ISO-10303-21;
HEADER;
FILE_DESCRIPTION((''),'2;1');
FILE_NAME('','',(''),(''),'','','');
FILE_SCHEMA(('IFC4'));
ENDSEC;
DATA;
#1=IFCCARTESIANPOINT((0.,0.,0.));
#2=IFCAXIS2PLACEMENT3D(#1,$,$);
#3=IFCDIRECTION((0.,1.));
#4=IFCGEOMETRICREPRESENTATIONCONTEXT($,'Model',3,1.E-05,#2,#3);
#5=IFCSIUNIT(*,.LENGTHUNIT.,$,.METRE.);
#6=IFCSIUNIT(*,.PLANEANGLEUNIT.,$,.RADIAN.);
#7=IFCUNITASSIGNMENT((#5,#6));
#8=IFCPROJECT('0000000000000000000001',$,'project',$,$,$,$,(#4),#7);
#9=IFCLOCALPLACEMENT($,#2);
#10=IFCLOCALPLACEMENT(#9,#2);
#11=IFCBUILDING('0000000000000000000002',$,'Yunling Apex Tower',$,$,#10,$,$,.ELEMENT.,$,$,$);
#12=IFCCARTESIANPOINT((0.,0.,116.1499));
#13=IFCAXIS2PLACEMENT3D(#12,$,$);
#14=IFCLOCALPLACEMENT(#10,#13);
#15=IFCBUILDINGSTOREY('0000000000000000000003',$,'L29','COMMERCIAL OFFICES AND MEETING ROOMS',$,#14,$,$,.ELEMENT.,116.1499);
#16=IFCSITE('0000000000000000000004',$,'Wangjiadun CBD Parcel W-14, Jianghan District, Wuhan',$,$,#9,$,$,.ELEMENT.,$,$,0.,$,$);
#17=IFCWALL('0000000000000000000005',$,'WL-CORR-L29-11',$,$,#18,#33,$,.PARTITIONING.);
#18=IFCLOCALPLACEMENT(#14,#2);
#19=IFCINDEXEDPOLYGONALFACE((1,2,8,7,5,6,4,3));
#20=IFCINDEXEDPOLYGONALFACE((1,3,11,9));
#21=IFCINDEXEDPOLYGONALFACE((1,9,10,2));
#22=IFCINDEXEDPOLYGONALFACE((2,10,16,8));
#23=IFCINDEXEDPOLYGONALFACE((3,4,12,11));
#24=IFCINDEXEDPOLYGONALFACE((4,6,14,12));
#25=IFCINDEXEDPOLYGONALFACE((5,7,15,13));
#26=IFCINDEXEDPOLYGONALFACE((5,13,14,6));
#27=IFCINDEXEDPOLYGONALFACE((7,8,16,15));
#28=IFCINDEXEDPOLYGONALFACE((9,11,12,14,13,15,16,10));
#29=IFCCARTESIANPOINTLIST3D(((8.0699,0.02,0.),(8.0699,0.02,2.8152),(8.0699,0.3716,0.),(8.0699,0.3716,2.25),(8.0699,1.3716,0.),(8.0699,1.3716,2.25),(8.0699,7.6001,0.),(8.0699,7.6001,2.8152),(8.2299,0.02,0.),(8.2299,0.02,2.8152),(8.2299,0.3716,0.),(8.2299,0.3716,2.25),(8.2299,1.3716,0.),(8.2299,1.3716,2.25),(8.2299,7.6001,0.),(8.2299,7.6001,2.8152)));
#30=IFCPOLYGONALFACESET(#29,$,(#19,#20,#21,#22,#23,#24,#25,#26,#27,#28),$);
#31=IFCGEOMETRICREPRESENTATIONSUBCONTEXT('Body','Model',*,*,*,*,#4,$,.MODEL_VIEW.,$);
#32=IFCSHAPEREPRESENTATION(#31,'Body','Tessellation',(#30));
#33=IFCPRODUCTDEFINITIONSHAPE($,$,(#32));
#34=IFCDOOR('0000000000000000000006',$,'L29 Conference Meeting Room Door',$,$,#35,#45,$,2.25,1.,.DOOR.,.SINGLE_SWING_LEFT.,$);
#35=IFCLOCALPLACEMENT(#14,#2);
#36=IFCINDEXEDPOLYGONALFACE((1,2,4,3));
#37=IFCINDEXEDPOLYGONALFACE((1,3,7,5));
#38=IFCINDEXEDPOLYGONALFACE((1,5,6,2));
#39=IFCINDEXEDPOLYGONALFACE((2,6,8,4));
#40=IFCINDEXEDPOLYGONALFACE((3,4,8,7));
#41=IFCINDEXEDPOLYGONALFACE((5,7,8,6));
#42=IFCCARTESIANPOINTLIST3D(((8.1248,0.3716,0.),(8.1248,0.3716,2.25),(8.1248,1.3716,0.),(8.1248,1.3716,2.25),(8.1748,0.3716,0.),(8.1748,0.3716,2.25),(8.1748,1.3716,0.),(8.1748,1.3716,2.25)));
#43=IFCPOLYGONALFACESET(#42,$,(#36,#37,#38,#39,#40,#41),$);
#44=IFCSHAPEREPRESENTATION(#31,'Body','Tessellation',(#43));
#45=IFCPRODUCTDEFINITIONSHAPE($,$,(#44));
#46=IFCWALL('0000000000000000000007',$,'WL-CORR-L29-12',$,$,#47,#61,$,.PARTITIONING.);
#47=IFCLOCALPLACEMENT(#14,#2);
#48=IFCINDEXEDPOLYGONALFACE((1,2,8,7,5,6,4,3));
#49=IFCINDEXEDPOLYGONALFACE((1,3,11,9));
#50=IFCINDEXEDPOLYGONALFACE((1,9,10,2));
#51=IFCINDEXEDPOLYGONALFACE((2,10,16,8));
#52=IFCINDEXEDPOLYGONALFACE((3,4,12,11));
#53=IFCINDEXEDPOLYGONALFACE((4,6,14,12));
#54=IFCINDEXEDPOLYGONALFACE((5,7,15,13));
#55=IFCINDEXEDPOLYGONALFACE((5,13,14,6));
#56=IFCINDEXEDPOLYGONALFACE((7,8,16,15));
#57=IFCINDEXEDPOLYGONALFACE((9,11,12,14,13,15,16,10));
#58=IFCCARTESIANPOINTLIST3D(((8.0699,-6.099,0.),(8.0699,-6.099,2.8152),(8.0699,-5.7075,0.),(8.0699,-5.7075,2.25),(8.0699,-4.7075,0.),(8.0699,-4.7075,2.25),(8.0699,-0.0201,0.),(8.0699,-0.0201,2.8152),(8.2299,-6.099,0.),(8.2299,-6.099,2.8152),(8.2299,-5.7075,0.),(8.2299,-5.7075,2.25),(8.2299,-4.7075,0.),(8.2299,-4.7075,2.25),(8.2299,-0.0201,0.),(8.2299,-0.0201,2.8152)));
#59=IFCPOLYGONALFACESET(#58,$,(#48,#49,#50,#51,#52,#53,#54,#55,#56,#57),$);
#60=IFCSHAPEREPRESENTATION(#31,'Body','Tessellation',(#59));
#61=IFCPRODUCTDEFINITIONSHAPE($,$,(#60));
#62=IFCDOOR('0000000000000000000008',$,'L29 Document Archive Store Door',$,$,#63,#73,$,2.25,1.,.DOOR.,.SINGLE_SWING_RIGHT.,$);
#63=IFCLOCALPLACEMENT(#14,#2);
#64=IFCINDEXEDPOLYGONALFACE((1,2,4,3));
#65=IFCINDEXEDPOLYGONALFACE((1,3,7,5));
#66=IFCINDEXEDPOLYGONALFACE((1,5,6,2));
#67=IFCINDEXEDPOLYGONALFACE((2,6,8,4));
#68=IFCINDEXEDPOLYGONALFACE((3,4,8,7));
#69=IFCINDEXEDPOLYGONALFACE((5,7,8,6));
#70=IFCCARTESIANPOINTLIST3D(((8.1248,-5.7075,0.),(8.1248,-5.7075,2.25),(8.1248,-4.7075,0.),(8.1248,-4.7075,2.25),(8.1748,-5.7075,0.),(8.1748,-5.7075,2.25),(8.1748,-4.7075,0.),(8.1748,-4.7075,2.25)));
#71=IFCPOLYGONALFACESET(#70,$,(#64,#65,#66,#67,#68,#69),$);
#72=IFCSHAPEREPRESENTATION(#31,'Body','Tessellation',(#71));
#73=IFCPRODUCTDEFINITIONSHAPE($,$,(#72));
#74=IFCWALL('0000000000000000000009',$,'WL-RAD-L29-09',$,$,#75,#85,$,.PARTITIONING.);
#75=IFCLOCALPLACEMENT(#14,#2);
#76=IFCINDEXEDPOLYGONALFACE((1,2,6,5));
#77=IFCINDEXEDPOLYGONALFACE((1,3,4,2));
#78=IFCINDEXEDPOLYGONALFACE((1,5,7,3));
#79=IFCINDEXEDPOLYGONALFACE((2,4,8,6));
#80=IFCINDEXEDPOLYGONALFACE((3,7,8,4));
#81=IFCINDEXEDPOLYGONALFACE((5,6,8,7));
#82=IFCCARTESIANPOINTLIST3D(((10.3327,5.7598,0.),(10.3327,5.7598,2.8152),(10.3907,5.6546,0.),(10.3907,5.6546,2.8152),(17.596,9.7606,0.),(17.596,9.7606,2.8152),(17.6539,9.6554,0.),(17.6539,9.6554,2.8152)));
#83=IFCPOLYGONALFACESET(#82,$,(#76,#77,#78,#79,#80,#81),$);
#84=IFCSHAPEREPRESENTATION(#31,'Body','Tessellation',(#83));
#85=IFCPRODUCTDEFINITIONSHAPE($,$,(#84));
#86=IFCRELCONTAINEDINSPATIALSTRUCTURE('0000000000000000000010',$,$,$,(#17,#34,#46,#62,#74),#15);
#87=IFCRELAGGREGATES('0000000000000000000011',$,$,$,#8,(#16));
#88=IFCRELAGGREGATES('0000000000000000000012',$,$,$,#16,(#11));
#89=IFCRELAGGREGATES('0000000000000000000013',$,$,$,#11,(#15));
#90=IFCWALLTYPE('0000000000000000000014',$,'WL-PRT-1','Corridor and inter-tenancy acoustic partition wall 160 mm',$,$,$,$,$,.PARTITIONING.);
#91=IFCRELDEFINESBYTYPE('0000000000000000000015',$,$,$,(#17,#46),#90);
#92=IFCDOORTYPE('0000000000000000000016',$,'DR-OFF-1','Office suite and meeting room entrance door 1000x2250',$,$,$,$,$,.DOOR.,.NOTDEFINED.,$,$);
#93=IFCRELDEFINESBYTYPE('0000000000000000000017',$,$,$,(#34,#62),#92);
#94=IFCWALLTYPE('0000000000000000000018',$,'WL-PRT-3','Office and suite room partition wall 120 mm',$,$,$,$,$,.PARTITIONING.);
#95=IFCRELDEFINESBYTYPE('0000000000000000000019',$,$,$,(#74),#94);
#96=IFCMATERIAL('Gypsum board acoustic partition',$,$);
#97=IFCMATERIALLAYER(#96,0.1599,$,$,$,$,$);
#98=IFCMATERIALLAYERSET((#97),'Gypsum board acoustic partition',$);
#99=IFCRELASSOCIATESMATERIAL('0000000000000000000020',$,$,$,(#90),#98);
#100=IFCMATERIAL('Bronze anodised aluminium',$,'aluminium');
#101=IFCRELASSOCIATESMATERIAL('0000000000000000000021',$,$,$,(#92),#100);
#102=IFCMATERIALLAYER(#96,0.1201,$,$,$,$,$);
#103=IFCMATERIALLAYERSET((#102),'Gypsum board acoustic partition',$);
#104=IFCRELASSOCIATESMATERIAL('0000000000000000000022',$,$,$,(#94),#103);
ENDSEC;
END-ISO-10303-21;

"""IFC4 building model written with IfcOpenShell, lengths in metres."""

from ifc_helpers import new_model, si_unit, direction, frame, frame_2d, origin, place, context, subcontext, project, spatial, rectangle, extrude, material, layer, layer_set, type_object, element, fill, save


model = new_model("IFC4")

# Units and contexts
model_context = context("Model", 3, precision=1e-05, world=origin(), true_north=direction((0.0, 1.0)))
body_context = subcontext(model_context, "Body", "Model", "MODEL_VIEW")
ifc_project = project(units=[si_unit("LENGTHUNIT", "METRE"), si_unit("PLANEANGLEUNIT", "RADIAN")], contexts=[model_context])

# Site, building, storey
site_placement = place(None, origin())
site = spatial("IfcSite", under=ifc_project, at=site_placement, Name="Wangjiadun CBD Parcel W-14, Jianghan District, Wuhan", CompositionType="ELEMENT", RefElevation=0.0)
building_placement = place(site_placement, origin())
building = spatial("IfcBuilding", under=site, at=building_placement, Name="Yunling Apex Tower", CompositionType="ELEMENT")
storey_placement = place(building_placement, frame((0.0, 0.0, 116.1499)))
storey = spatial("IfcBuildingStorey", under=building, at=storey_placement, Name="L29", Description="COMMERCIAL OFFICES AND MEETING ROOMS", CompositionType="ELEMENT", Elevation=116.1499)

# Shared definitions
ifc_material_1 = material(Name="Bronze anodised aluminium", Category="aluminium")

# Shared definitions
ifc_material_2 = material(Name="Gypsum board acoustic partition")
ifc_layer_1 = layer(ifc_material_2, 0.1599)
ifc_layer_set_1 = layer_set([ifc_layer_1], Name="Gypsum board acoustic partition")
wall_type_1 = type_object("IfcWallType", Name="WL-PRT-1", Description="Corridor and inter-tenancy acoustic partition wall 160 mm", PredefinedType="PARTITIONING", material=ifc_layer_set_1)

# Walls, openings, doors
wall_1_placement = place(storey_placement, frame((8.1499, 7.6001, 0.0), z_axis=(0.0, 0.0, 1.0), x_axis=(0.0, -1.0, 0.0)))
wall_1 = element("IfcWall", 1, at=wall_1_placement, inside=storey, type_object=wall_type_1, Name="WL-CORR-L29-11", PredefinedType="PARTITIONING", context=body_context, shape_type="SweptSolid", body=[
    extrude(rectangle(XDim=7.5801, YDim=0.1599, at=frame_2d((3.79, 0.0))), origin(), (0.0, 0.0, 1.0), 2.8152),
])
opening_1_placement = place(wall_1_placement, frame((6.2285, 0.0, 0.0)))
opening_1 = element("IfcOpeningElement", 2, at=opening_1_placement, cuts=wall_1, PredefinedType="OPENING", context=body_context, shape_type="SweptSolid", body=[
    extrude(rectangle(XDim=1.0, YDim=2.25, at=frame_2d((0.5, 1.125))), frame((0.0, 0.0898, 0.0), z_axis=(0.0, -1.0, 0.0), x_axis=(1.0, 0.0, 0.0)), (0.0, 0.0, 1.0), 0.1799),
])
door_type = type_object("IfcDoorType", Name="DR-OFF-1", Description="Office suite and meeting room entrance door 1000x2250", OperationType="NOTDEFINED", PredefinedType="DOOR", material=ifc_material_1)
door_1_placement = place(opening_1_placement, origin())
door_1 = element("IfcDoor", 3, at=door_1_placement, inside=storey, type_object=door_type, Name="L29 Conference Meeting Room Door", OperationType="SINGLE_SWING_LEFT", OverallHeight=2.25, OverallWidth=1.0, PredefinedType="DOOR", context=body_context, shape_type="SweptSolid", body=[
    extrude(rectangle(XDim=1.0, YDim=2.25, at=frame_2d((0.5, 1.125))), frame((0.0, 0.0249, 0.0), z_axis=(0.0, -1.0, 0.0), x_axis=(1.0, 0.0, 0.0)), (0.0, 0.0, 1.0), 0.05),
])
fill(opening_1, door_1)
wall_2_placement = place(storey_placement, frame((8.1499, -0.02, 0.0), z_axis=(0.0, 0.0, 1.0), x_axis=(0.0, -1.0, 0.0)))
wall_2 = element("IfcWall", 4, at=wall_2_placement, inside=storey, type_object=wall_type_1, Name="WL-CORR-L29-12", PredefinedType="PARTITIONING", context=body_context, shape_type="SweptSolid", body=[
    extrude(rectangle(XDim=6.0789, YDim=0.1599, at=frame_2d((3.0396, 0.0))), origin(), (0.0, 0.0, 1.0), 2.8152),
])
opening_2_placement = place(wall_2_placement, frame((4.6875, 0.0, 0.0)))
opening_2 = element("IfcOpeningElement", 5, at=opening_2_placement, cuts=wall_2, PredefinedType="OPENING", context=body_context, shape_type="SweptSolid", body=[
    extrude(rectangle(XDim=1.0, YDim=2.25, at=frame_2d((0.5, 1.125))), frame((0.0, 0.0898, 0.0), z_axis=(0.0, -1.0, 0.0), x_axis=(1.0, 0.0, 0.0)), (0.0, 0.0, 1.0), 0.1799),
])
door_2_placement = place(opening_2_placement, origin())
door_2 = element("IfcDoor", 6, at=door_2_placement, inside=storey, type_object=door_type, Name="L29 Document Archive Store Door", OperationType="SINGLE_SWING_RIGHT", OverallHeight=2.25, OverallWidth=1.0, PredefinedType="DOOR", context=body_context, shape_type="SweptSolid", body=[
    extrude(rectangle(XDim=1.0, YDim=2.25, at=frame_2d((0.5, 1.125))), frame((0.0, 0.0249, 0.0), z_axis=(0.0, -1.0, 0.0), x_axis=(1.0, 0.0, 0.0)), (0.0, 0.0, 1.0), 0.05),
])
fill(opening_2, door_2)

# Wall
ifc_layer_2 = layer(ifc_material_2, 0.1201)
ifc_layer_set_2 = layer_set([ifc_layer_2], Name="Gypsum board acoustic partition")
wall_type_2 = type_object("IfcWallType", Name="WL-PRT-3", Description="Office and suite room partition wall 120 mm", PredefinedType="PARTITIONING", material=ifc_layer_set_2)
wall_3_placement = place(storey_placement, frame((10.3618, 5.7073, 0.0), z_axis=(0.0, 0.0, 1.0), x_axis=(0.875911, 0.482472, 0.0)))
element("IfcWall", 7, at=wall_3_placement, inside=storey, type_object=wall_type_2, Name="WL-RAD-L29-09", PredefinedType="PARTITIONING", context=body_context, shape_type="SweptSolid", body=[
    extrude(rectangle(XDim=8.2922, YDim=0.1201, at=frame_2d((4.146, 0.0))), origin(), (0.0, 0.0, 1.0), 2.8152),
])

save(model, "model.ifc")
